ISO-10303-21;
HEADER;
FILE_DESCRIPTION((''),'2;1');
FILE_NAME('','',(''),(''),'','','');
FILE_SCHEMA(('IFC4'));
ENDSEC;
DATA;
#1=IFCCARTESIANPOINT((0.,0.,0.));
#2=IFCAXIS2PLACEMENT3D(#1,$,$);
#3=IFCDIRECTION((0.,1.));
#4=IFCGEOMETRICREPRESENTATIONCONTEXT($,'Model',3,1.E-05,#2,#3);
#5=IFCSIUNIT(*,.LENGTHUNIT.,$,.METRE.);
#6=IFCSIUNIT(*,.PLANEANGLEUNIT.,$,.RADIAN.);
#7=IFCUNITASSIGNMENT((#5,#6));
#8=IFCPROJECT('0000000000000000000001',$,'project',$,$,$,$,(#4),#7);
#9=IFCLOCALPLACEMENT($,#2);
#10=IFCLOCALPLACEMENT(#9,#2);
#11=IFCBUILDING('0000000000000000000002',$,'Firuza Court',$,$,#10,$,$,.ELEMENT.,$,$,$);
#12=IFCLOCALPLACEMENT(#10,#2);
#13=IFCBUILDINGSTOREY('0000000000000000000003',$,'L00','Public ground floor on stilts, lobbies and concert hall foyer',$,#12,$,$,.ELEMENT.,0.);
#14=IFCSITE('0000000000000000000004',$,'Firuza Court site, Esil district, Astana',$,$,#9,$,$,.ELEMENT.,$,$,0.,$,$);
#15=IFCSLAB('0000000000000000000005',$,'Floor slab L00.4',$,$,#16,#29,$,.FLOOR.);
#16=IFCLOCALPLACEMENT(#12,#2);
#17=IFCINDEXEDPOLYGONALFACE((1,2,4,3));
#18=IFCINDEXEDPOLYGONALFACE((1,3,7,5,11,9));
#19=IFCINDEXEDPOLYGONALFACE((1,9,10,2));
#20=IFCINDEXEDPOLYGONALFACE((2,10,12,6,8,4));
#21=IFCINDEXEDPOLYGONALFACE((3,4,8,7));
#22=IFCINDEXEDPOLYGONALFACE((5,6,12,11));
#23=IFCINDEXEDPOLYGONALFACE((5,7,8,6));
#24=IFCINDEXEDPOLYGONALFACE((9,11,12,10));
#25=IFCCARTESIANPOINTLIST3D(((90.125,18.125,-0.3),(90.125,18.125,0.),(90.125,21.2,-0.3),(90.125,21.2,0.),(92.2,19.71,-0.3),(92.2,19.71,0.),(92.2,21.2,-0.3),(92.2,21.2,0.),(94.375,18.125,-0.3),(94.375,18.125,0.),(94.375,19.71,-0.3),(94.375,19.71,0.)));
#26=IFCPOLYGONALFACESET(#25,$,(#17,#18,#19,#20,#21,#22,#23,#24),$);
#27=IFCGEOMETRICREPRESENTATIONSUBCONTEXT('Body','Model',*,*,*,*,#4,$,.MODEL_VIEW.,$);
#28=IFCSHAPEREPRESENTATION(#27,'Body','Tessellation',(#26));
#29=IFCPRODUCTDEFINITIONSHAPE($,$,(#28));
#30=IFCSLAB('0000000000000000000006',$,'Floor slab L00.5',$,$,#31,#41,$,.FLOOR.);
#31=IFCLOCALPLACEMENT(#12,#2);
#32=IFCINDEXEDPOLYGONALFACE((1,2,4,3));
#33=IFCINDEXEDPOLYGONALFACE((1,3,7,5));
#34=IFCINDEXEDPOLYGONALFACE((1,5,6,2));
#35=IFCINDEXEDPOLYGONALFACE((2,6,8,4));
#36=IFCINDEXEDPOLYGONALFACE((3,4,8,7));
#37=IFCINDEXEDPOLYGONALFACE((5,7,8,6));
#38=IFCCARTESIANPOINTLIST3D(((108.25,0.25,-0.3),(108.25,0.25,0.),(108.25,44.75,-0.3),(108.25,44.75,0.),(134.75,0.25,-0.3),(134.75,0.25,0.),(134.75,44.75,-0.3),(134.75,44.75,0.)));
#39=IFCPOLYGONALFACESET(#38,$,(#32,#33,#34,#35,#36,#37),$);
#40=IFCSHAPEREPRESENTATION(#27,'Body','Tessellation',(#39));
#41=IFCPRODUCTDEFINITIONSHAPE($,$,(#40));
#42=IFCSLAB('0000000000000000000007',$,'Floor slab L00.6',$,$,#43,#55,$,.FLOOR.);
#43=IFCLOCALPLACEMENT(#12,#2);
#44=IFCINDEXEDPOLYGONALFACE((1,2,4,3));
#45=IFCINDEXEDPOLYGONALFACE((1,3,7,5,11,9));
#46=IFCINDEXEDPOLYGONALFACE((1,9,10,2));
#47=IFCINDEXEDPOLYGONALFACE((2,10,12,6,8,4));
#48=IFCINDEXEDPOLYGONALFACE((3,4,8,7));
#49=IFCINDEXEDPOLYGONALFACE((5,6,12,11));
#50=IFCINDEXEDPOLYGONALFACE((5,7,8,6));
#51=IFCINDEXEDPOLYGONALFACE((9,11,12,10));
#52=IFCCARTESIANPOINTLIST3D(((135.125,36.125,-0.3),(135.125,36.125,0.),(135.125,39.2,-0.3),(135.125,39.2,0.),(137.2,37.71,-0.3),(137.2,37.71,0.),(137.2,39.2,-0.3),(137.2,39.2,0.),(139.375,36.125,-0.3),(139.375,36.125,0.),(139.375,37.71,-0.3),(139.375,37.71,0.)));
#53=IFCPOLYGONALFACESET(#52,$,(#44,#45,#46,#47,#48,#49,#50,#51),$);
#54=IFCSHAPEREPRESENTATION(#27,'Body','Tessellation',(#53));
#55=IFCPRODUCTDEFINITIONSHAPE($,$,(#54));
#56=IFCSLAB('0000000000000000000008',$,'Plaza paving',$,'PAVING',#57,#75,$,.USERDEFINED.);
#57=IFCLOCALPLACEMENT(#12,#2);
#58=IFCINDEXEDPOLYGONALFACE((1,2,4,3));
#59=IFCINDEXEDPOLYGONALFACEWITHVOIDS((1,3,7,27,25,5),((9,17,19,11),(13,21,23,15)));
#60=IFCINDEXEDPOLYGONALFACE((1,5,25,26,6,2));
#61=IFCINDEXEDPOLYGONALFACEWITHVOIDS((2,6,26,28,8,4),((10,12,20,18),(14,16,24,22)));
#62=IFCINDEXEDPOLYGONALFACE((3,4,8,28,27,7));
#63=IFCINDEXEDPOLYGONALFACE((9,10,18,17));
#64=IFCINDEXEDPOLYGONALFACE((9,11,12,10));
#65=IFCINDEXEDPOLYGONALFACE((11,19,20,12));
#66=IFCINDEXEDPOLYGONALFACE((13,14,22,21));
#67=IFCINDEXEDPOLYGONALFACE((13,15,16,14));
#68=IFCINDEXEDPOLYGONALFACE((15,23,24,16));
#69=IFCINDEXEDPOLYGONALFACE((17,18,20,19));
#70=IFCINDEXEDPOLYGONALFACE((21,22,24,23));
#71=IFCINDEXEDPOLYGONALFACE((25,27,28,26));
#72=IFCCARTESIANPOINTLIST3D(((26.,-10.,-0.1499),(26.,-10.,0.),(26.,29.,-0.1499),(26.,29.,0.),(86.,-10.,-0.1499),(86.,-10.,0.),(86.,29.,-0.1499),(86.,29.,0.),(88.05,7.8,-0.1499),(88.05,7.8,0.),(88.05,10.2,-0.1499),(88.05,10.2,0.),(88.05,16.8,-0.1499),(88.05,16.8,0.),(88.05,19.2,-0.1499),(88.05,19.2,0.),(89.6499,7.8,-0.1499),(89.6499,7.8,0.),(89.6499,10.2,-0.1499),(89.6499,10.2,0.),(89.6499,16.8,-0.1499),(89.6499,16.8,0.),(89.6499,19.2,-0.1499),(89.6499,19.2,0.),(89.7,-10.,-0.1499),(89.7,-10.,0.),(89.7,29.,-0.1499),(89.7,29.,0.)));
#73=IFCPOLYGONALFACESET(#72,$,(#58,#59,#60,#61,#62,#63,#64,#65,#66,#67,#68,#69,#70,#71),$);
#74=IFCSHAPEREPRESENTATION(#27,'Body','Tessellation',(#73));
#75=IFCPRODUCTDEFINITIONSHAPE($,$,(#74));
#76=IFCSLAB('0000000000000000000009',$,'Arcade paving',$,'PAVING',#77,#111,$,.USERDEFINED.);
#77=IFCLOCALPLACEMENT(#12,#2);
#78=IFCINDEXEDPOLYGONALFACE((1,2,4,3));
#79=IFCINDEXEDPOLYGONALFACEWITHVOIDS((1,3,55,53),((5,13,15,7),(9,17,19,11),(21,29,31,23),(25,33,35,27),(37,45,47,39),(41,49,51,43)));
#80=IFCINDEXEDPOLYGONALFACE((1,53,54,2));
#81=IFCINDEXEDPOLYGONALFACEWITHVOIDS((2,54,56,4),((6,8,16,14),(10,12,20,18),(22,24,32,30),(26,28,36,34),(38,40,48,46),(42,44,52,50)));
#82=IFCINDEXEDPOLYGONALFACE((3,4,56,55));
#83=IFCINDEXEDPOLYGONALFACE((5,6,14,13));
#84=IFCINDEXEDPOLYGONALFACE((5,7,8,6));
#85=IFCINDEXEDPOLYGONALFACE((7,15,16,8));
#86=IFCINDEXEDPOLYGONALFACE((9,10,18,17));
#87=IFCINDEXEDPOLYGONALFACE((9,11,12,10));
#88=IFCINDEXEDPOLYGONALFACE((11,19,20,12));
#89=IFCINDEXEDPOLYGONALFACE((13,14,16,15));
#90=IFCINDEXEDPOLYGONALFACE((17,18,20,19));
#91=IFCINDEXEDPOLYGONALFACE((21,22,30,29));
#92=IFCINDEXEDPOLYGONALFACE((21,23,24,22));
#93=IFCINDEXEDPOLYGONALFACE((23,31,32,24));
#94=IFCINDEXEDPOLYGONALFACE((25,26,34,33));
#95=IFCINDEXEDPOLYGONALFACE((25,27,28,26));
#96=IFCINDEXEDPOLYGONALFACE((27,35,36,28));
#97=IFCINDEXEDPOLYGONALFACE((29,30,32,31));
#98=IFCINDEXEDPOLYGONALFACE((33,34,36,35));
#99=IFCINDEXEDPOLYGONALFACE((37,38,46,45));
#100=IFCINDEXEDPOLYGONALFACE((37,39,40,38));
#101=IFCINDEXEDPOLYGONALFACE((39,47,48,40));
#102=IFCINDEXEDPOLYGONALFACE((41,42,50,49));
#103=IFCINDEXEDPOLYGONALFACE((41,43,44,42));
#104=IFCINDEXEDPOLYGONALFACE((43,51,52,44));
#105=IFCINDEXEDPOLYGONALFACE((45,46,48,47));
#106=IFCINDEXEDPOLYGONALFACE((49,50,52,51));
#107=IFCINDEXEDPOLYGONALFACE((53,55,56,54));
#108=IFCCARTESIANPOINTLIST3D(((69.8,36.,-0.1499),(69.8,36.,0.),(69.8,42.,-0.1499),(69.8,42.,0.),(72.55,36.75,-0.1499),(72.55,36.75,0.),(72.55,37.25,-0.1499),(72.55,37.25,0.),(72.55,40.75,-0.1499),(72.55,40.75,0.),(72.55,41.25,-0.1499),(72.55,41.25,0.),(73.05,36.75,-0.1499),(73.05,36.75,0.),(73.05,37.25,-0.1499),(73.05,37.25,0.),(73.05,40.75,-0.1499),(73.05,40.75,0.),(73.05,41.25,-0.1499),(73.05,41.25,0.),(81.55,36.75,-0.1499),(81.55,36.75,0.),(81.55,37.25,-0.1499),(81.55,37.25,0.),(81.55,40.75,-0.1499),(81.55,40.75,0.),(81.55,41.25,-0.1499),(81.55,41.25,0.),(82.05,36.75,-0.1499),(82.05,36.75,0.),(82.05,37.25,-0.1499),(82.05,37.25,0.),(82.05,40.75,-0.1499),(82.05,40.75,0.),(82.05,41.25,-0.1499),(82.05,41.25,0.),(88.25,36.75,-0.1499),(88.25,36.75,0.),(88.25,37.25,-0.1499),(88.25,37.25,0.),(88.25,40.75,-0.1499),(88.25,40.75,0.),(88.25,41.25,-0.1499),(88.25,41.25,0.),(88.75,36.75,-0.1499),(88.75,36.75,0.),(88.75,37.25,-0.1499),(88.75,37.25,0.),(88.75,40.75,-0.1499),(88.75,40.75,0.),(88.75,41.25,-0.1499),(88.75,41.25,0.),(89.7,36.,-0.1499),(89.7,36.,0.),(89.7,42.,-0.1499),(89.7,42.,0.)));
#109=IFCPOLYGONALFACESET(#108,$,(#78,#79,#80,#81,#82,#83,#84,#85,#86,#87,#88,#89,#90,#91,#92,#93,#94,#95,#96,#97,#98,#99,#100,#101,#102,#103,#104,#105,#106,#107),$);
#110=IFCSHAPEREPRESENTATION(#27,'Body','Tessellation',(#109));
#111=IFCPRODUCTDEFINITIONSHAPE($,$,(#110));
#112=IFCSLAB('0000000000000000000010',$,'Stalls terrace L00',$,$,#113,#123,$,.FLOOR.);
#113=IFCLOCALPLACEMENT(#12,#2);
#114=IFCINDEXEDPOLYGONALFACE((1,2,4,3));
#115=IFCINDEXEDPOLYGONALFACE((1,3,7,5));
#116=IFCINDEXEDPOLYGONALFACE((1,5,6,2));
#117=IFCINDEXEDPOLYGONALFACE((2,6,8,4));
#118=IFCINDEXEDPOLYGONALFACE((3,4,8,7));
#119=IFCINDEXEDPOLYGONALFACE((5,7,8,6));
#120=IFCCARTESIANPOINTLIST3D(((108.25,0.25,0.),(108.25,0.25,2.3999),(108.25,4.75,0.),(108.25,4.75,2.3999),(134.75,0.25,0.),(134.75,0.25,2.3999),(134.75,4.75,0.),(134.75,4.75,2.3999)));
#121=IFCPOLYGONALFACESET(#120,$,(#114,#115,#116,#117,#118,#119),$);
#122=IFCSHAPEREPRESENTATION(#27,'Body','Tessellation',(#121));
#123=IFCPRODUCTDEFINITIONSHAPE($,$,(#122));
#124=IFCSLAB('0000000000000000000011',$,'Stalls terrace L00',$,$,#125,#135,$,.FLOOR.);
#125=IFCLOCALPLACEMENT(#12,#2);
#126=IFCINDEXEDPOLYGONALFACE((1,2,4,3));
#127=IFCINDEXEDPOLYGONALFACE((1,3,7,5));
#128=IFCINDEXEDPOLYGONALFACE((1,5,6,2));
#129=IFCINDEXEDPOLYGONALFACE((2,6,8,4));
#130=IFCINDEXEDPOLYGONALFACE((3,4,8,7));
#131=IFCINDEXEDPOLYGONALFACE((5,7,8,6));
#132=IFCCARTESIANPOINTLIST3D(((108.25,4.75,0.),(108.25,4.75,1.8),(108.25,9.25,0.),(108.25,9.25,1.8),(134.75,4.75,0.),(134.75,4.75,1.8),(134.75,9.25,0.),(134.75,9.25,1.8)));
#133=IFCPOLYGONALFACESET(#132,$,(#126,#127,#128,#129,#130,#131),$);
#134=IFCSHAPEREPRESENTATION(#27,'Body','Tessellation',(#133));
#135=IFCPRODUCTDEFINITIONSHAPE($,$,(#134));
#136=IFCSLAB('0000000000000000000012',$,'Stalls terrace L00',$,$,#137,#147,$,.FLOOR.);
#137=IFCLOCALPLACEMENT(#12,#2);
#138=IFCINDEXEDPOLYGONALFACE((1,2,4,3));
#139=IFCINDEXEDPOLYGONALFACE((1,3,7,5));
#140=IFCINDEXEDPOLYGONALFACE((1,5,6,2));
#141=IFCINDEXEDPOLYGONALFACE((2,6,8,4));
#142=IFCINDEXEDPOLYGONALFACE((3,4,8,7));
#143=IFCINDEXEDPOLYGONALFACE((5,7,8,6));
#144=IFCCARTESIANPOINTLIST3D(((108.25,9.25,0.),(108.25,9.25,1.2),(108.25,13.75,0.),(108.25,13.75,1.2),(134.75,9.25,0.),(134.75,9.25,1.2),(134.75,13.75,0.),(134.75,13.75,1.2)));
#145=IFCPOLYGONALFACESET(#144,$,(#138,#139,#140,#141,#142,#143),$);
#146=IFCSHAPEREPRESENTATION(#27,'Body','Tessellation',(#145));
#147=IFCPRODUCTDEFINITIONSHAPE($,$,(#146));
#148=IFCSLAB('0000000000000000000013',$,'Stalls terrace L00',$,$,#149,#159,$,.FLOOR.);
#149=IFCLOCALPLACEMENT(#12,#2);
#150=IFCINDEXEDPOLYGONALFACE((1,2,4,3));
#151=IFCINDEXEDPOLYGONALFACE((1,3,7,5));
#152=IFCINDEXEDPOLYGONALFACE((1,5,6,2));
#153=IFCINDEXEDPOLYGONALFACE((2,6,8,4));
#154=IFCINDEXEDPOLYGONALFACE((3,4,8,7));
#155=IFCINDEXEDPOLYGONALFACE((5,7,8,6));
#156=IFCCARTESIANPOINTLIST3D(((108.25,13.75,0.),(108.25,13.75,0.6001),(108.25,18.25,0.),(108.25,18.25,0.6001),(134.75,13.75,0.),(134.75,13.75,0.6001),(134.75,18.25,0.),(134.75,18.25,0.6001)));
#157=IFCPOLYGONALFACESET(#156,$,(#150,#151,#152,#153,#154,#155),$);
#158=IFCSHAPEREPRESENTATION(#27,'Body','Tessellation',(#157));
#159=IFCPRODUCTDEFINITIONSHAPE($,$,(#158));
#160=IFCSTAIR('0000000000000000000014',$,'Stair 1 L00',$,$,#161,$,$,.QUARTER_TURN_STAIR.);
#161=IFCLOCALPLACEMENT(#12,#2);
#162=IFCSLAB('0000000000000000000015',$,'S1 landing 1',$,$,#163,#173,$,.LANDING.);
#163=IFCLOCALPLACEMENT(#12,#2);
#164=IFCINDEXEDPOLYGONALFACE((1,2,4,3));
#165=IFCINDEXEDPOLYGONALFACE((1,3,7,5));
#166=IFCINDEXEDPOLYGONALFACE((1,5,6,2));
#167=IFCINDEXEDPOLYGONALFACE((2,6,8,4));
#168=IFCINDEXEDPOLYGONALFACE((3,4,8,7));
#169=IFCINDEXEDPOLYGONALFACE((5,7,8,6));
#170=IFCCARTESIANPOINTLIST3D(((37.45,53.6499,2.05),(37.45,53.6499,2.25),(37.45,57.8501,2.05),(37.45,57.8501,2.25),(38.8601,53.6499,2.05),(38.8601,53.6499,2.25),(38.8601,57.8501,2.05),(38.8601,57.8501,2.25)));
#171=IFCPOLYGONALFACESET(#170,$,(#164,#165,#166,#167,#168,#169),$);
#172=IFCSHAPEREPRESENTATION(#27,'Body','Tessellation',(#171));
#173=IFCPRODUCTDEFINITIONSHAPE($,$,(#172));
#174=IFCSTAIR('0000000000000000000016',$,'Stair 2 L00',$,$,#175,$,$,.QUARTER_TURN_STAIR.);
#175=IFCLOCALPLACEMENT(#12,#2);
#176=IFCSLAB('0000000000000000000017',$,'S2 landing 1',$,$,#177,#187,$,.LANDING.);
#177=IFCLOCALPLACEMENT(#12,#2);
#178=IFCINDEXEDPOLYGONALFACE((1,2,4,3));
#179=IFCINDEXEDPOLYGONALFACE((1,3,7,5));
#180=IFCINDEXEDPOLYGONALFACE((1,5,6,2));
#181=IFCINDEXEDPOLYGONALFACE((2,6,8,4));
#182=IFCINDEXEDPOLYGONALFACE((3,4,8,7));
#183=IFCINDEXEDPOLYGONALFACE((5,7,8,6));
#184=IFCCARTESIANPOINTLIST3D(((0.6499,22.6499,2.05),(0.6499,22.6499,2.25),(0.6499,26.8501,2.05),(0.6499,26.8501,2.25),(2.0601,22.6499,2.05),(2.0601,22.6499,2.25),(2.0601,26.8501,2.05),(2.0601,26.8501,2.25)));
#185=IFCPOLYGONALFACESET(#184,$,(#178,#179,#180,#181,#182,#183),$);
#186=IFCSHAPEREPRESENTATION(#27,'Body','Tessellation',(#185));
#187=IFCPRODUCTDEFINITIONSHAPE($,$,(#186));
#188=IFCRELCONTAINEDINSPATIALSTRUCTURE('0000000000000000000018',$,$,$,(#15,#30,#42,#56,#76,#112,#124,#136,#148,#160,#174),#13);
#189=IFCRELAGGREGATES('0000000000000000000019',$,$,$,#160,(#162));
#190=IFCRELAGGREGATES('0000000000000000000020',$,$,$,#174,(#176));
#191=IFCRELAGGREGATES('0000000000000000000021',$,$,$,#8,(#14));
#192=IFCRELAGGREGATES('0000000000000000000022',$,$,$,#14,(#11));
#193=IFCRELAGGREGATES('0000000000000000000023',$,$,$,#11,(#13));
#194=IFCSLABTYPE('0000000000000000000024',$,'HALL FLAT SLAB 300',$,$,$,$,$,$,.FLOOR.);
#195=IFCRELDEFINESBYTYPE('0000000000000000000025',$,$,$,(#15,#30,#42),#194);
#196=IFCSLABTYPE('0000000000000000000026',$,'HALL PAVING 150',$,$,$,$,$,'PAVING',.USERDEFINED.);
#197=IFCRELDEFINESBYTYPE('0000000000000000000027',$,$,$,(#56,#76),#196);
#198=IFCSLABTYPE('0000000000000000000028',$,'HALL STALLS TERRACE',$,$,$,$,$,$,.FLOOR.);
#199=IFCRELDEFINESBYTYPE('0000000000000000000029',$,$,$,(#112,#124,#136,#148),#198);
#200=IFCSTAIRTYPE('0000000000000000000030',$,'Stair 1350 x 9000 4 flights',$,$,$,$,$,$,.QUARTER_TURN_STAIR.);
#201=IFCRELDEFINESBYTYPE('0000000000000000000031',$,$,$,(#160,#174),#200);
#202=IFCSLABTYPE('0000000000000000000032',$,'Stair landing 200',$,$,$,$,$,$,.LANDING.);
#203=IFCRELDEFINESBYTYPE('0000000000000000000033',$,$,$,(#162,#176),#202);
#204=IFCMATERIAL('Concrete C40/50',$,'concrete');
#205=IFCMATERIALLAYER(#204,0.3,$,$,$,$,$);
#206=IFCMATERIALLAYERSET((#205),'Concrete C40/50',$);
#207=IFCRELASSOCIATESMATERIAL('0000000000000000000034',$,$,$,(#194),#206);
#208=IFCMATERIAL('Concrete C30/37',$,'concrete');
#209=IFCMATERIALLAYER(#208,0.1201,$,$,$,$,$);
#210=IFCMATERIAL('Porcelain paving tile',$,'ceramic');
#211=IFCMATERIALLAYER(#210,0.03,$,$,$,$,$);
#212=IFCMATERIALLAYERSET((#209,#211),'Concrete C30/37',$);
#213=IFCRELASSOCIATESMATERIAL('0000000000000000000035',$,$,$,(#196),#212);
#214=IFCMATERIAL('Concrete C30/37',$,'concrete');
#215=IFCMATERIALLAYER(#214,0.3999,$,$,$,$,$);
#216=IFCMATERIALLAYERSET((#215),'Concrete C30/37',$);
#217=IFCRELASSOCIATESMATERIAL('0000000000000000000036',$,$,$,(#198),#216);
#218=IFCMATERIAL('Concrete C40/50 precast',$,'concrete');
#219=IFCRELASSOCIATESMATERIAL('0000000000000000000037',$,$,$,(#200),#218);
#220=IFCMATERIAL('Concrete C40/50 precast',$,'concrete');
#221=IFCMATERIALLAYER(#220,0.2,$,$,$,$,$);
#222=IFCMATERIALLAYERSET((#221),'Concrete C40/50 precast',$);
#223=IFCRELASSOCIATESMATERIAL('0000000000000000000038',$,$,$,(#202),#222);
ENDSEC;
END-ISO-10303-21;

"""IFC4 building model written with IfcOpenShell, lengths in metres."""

from ifc_helpers import new_model, si_unit, direction, frame, origin, place, context, subcontext, project, spatial, polyline, outline, extrude, material, layer, layer_set, type_object, element, aggregate, save


model = new_model("IFC4")

# Units and contexts
model_context = context("Model", 3, precision=1e-05, world=origin(), true_north=direction((0.0, 1.0)))
body_context = subcontext(model_context, "Body", "Model", "MODEL_VIEW")
ifc_project = project(units=[si_unit("LENGTHUNIT", "METRE"), si_unit("PLANEANGLEUNIT", "RADIAN")], contexts=[model_context])

# Site, building, storey
site_placement = place(None, origin())
site = spatial("IfcSite", under=ifc_project, at=site_placement, Name="Firuza Court site, Esil district, Astana", CompositionType="ELEMENT", RefElevation=0.0)
building_placement = place(site_placement, origin())
building = spatial("IfcBuilding", under=site, at=building_placement, Name="Firuza Court", CompositionType="ELEMENT")
storey_placement = place(building_placement, origin())
storey = spatial("IfcBuildingStorey", under=building, at=storey_placement, Name="L00", Description="Public ground floor on stilts, lobbies and concert hall foyer", CompositionType="ELEMENT", Elevation=0.0)

# Slabs
ifc_material_1 = material(Name="Concrete C40/50", Category="concrete")
ifc_layer_1 = layer(ifc_material_1, 0.3)
ifc_layer_set_1 = layer_set([ifc_layer_1], Name="Concrete C40/50")
slab_type_1 = type_object("IfcSlabType", Name="HALL FLAT SLAB 300", PredefinedType="FLOOR", material=ifc_layer_set_1)
slab_1_placement = place(storey_placement, frame((0.0, 0.0, -0.3)))
element("IfcSlab", 1, at=slab_1_placement, inside=storey, type_object=slab_type_1, Name="Floor slab L00.4", PredefinedType="FLOOR", context=body_context, shape_type="SweptSolid", body=[
    extrude(outline(polyline([(90.125, 18.125), (90.125, 21.2), (92.2, 21.2), (92.2, 19.71), (94.375, 19.71), (94.375, 18.125), (90.125, 18.125)])), origin(), (0.0, 0.0, 1.0), 0.3),
])
slab_2_placement = place(storey_placement, frame((0.0, 0.0, -0.3)))
element("IfcSlab", 2, at=slab_2_placement, inside=storey, type_object=slab_type_1, Name="Floor slab L00.5", PredefinedType="FLOOR", context=body_context, shape_type="SweptSolid", body=[
    extrude(outline(polyline([(134.75, 44.75), (134.75, 0.25), (108.25, 0.25), (108.25, 44.75), (134.75, 44.75)])), origin(), (0.0, 0.0, 1.0), 0.3),
])
slab_3_placement = place(storey_placement, frame((0.0, 0.0, -0.3)))
element("IfcSlab", 3, at=slab_3_placement, inside=storey, type_object=slab_type_1, Name="Floor slab L00.6", PredefinedType="FLOOR", context=body_context, shape_type="SweptSolid", body=[
    extrude(outline(polyline([(135.125, 36.125), (135.125, 39.2), (137.2, 39.2), (137.2, 37.71), (139.375, 37.71), (139.375, 36.125), (135.125, 36.125)])), origin(), (0.0, 0.0, 1.0), 0.3),
])
ifc_material_2 = material(Name="Concrete C30/37", Category="concrete")
ifc_layer_2 = layer(ifc_material_2, 0.1201)
ifc_material_3 = material(Name="Porcelain paving tile", Category="ceramic")
ifc_layer_3 = layer(ifc_material_3, 0.03)
ifc_layer_set_2 = layer_set([ifc_layer_2, ifc_layer_3], Name="Concrete C30/37")
slab_type_2 = type_object("IfcSlabType", Name="HALL PAVING 150", ElementType="PAVING", PredefinedType="USERDEFINED", material=ifc_layer_set_2)
slab_4_placement = place(storey_placement, frame((0.0, 0.0, -0.1499)))
element("IfcSlab", 4, at=slab_4_placement, inside=storey, type_object=slab_type_2, Name="Plaza paving", ObjectType="PAVING", PredefinedType="USERDEFINED", context=body_context, shape_type="SweptSolid", body=[
    extrude(outline(polyline([(26.0, 29.0), (86.0, 29.0), (89.7, 29.0), (89.7, -10.0), (86.0, -10.0), (26.0, -10.0), (26.0, 29.0)]), holes=[polyline([(89.6499, 7.8), (89.6499, 10.2), (88.05, 10.2), (88.05, 7.8), (89.6499, 7.8)]), polyline([(89.6499, 16.8), (89.6499, 19.2), (88.05, 19.2), (88.05, 16.8), (89.6499, 16.8)])]), origin(), (0.0, 0.0, 1.0), 0.1499),
])
slab_5_placement = place(storey_placement, frame((0.0, 0.0, -0.1499)))
element("IfcSlab", 5, at=slab_5_placement, inside=storey, type_object=slab_type_2, Name="Arcade paving", ObjectType="PAVING", PredefinedType="USERDEFINED", context=body_context, shape_type="SweptSolid", body=[
    extrude(outline(polyline([(69.8, 36.0), (69.8, 42.0), (89.7, 42.0), (89.7, 36.0), (69.8, 36.0)]), holes=[polyline([(72.55, 36.75), (73.05, 36.75), (73.05, 37.25), (72.55, 37.25), (72.55, 36.75)]), polyline([(81.55, 37.25), (81.55, 36.75), (82.05, 36.75), (82.05, 37.25), (81.55, 37.25)]), polyline([(88.25, 37.25), (88.25, 36.75), (88.75, 36.75), (88.75, 37.25), (88.25, 37.25)]), polyline([(72.55, 40.75), (73.05, 40.75), (73.05, 41.25), (72.55, 41.25), (72.55, 40.75)]), polyline([(81.55, 41.25), (81.55, 40.75), (82.05, 40.75), (82.05, 41.25), (81.55, 41.25)]), polyline([(88.25, 41.25), (88.25, 40.75), (88.75, 40.75), (88.75, 41.25), (88.25, 41.25)])]), origin(), (0.0, 0.0, 1.0), 0.1499),
])
ifc_material_4 = material(Name="Concrete C30/37", Category="concrete")
ifc_layer_4 = layer(ifc_material_4, 0.3999)
ifc_layer_set_3 = layer_set([ifc_layer_4], Name="Concrete C30/37")
slab_type_3 = type_object("IfcSlabType", Name="HALL STALLS TERRACE", PredefinedType="FLOOR", material=ifc_layer_set_3)
slab_6_placement = place(storey_placement, origin())
element("IfcSlab", 6, at=slab_6_placement, inside=storey, type_object=slab_type_3, Name="Stalls terrace L00", PredefinedType="FLOOR", context=body_context, shape_type="SweptSolid", body=[
    extrude(outline(polyline([(134.75, 0.25), (134.75, 4.75), (108.25, 4.75), (108.25, 0.25), (134.75, 0.25)])), origin(), (0.0, 0.0, 1.0), 2.3999),
])
slab_7_placement = place(storey_placement, origin())
element("IfcSlab", 7, at=slab_7_placement, inside=storey, type_object=slab_type_3, Name="Stalls terrace L00", PredefinedType="FLOOR", context=body_context, shape_type="SweptSolid", body=[
    extrude(outline(polyline([(134.75, 4.75), (134.75, 9.25), (108.25, 9.25), (108.25, 4.75), (134.75, 4.75)])), origin(), (0.0, 0.0, 1.0), 1.8),
])
slab_8_placement = place(storey_placement, origin())
element("IfcSlab", 8, at=slab_8_placement, inside=storey, type_object=slab_type_3, Name="Stalls terrace L00", PredefinedType="FLOOR", context=body_context, shape_type="SweptSolid", body=[
    extrude(outline(polyline([(134.75, 9.25), (134.75, 13.75), (108.25, 13.75), (108.25, 9.25), (134.75, 9.25)])), origin(), (0.0, 0.0, 1.0), 1.2),
])
slab_9_placement = place(storey_placement, origin())
element("IfcSlab", 9, at=slab_9_placement, inside=storey, type_object=slab_type_3, Name="Stalls terrace L00", PredefinedType="FLOOR", context=body_context, shape_type="SweptSolid", body=[
    extrude(outline(polyline([(134.75, 13.75), (134.75, 18.25), (108.25, 18.25), (108.25, 13.75), (134.75, 13.75)])), origin(), (0.0, 0.0, 1.0), 0.6001),
])

# Stairs, slabs
ifc_material_5 = material(Name="Concrete C40/50 precast", Category="concrete")
stair_type = type_object("IfcStairType", Name="Stair 1350 x 9000 4 flights", PredefinedType="QUARTER_TURN_STAIR", material=ifc_material_5)
stair_1_placement = place(storey_placement, origin())
stair_1 = element("IfcStair", 10, at=stair_1_placement, inside=storey, type_object=stair_type, Name="Stair 1 L00", PredefinedType="QUARTER_TURN_STAIR")
ifc_material_6 = material(Name="Concrete C40/50 precast", Category="concrete")
ifc_layer_5 = layer(ifc_material_6, 0.2)
ifc_layer_set_4 = layer_set([ifc_layer_5], Name="Concrete C40/50 precast")
slab_type_4 = type_object("IfcSlabType", Name="Stair landing 200", PredefinedType="LANDING", material=ifc_layer_set_4)
slab_10_placement = place(storey_placement, frame((0.0, 0.0, 2.05)))
slab_10 = element("IfcSlab", 11, at=slab_10_placement, type_object=slab_type_4, Name="S1 landing 1", PredefinedType="LANDING", context=body_context, shape_type="SweptSolid", body=[
    extrude(outline(polyline([(38.8601, 53.6499), (38.8601, 57.8501), (37.45, 57.8501), (37.45, 53.6499), (38.8601, 53.6499)])), origin(), (0.0, 0.0, 1.0), 0.2),
])
aggregate(stair_1, [slab_10])
stair_2_placement = place(storey_placement, origin())
stair_2 = element("IfcStair", 12, at=stair_2_placement, inside=storey, type_object=stair_type, Name="Stair 2 L00", PredefinedType="QUARTER_TURN_STAIR")
slab_11_placement = place(storey_placement, frame((0.0, 0.0, 2.05)))
slab_11 = element("IfcSlab", 13, at=slab_11_placement, type_object=slab_type_4, Name="S2 landing 1", PredefinedType="LANDING", context=body_context, shape_type="SweptSolid", body=[
    extrude(outline(polyline([(2.0601, 22.6499), (2.0601, 26.8501), (0.6499, 26.8501), (0.6499, 22.6499), (2.0601, 22.6499)])), origin(), (0.0, 0.0, 1.0), 0.2),
])
aggregate(stair_2, [slab_11])

save(model, "model.ifc")
